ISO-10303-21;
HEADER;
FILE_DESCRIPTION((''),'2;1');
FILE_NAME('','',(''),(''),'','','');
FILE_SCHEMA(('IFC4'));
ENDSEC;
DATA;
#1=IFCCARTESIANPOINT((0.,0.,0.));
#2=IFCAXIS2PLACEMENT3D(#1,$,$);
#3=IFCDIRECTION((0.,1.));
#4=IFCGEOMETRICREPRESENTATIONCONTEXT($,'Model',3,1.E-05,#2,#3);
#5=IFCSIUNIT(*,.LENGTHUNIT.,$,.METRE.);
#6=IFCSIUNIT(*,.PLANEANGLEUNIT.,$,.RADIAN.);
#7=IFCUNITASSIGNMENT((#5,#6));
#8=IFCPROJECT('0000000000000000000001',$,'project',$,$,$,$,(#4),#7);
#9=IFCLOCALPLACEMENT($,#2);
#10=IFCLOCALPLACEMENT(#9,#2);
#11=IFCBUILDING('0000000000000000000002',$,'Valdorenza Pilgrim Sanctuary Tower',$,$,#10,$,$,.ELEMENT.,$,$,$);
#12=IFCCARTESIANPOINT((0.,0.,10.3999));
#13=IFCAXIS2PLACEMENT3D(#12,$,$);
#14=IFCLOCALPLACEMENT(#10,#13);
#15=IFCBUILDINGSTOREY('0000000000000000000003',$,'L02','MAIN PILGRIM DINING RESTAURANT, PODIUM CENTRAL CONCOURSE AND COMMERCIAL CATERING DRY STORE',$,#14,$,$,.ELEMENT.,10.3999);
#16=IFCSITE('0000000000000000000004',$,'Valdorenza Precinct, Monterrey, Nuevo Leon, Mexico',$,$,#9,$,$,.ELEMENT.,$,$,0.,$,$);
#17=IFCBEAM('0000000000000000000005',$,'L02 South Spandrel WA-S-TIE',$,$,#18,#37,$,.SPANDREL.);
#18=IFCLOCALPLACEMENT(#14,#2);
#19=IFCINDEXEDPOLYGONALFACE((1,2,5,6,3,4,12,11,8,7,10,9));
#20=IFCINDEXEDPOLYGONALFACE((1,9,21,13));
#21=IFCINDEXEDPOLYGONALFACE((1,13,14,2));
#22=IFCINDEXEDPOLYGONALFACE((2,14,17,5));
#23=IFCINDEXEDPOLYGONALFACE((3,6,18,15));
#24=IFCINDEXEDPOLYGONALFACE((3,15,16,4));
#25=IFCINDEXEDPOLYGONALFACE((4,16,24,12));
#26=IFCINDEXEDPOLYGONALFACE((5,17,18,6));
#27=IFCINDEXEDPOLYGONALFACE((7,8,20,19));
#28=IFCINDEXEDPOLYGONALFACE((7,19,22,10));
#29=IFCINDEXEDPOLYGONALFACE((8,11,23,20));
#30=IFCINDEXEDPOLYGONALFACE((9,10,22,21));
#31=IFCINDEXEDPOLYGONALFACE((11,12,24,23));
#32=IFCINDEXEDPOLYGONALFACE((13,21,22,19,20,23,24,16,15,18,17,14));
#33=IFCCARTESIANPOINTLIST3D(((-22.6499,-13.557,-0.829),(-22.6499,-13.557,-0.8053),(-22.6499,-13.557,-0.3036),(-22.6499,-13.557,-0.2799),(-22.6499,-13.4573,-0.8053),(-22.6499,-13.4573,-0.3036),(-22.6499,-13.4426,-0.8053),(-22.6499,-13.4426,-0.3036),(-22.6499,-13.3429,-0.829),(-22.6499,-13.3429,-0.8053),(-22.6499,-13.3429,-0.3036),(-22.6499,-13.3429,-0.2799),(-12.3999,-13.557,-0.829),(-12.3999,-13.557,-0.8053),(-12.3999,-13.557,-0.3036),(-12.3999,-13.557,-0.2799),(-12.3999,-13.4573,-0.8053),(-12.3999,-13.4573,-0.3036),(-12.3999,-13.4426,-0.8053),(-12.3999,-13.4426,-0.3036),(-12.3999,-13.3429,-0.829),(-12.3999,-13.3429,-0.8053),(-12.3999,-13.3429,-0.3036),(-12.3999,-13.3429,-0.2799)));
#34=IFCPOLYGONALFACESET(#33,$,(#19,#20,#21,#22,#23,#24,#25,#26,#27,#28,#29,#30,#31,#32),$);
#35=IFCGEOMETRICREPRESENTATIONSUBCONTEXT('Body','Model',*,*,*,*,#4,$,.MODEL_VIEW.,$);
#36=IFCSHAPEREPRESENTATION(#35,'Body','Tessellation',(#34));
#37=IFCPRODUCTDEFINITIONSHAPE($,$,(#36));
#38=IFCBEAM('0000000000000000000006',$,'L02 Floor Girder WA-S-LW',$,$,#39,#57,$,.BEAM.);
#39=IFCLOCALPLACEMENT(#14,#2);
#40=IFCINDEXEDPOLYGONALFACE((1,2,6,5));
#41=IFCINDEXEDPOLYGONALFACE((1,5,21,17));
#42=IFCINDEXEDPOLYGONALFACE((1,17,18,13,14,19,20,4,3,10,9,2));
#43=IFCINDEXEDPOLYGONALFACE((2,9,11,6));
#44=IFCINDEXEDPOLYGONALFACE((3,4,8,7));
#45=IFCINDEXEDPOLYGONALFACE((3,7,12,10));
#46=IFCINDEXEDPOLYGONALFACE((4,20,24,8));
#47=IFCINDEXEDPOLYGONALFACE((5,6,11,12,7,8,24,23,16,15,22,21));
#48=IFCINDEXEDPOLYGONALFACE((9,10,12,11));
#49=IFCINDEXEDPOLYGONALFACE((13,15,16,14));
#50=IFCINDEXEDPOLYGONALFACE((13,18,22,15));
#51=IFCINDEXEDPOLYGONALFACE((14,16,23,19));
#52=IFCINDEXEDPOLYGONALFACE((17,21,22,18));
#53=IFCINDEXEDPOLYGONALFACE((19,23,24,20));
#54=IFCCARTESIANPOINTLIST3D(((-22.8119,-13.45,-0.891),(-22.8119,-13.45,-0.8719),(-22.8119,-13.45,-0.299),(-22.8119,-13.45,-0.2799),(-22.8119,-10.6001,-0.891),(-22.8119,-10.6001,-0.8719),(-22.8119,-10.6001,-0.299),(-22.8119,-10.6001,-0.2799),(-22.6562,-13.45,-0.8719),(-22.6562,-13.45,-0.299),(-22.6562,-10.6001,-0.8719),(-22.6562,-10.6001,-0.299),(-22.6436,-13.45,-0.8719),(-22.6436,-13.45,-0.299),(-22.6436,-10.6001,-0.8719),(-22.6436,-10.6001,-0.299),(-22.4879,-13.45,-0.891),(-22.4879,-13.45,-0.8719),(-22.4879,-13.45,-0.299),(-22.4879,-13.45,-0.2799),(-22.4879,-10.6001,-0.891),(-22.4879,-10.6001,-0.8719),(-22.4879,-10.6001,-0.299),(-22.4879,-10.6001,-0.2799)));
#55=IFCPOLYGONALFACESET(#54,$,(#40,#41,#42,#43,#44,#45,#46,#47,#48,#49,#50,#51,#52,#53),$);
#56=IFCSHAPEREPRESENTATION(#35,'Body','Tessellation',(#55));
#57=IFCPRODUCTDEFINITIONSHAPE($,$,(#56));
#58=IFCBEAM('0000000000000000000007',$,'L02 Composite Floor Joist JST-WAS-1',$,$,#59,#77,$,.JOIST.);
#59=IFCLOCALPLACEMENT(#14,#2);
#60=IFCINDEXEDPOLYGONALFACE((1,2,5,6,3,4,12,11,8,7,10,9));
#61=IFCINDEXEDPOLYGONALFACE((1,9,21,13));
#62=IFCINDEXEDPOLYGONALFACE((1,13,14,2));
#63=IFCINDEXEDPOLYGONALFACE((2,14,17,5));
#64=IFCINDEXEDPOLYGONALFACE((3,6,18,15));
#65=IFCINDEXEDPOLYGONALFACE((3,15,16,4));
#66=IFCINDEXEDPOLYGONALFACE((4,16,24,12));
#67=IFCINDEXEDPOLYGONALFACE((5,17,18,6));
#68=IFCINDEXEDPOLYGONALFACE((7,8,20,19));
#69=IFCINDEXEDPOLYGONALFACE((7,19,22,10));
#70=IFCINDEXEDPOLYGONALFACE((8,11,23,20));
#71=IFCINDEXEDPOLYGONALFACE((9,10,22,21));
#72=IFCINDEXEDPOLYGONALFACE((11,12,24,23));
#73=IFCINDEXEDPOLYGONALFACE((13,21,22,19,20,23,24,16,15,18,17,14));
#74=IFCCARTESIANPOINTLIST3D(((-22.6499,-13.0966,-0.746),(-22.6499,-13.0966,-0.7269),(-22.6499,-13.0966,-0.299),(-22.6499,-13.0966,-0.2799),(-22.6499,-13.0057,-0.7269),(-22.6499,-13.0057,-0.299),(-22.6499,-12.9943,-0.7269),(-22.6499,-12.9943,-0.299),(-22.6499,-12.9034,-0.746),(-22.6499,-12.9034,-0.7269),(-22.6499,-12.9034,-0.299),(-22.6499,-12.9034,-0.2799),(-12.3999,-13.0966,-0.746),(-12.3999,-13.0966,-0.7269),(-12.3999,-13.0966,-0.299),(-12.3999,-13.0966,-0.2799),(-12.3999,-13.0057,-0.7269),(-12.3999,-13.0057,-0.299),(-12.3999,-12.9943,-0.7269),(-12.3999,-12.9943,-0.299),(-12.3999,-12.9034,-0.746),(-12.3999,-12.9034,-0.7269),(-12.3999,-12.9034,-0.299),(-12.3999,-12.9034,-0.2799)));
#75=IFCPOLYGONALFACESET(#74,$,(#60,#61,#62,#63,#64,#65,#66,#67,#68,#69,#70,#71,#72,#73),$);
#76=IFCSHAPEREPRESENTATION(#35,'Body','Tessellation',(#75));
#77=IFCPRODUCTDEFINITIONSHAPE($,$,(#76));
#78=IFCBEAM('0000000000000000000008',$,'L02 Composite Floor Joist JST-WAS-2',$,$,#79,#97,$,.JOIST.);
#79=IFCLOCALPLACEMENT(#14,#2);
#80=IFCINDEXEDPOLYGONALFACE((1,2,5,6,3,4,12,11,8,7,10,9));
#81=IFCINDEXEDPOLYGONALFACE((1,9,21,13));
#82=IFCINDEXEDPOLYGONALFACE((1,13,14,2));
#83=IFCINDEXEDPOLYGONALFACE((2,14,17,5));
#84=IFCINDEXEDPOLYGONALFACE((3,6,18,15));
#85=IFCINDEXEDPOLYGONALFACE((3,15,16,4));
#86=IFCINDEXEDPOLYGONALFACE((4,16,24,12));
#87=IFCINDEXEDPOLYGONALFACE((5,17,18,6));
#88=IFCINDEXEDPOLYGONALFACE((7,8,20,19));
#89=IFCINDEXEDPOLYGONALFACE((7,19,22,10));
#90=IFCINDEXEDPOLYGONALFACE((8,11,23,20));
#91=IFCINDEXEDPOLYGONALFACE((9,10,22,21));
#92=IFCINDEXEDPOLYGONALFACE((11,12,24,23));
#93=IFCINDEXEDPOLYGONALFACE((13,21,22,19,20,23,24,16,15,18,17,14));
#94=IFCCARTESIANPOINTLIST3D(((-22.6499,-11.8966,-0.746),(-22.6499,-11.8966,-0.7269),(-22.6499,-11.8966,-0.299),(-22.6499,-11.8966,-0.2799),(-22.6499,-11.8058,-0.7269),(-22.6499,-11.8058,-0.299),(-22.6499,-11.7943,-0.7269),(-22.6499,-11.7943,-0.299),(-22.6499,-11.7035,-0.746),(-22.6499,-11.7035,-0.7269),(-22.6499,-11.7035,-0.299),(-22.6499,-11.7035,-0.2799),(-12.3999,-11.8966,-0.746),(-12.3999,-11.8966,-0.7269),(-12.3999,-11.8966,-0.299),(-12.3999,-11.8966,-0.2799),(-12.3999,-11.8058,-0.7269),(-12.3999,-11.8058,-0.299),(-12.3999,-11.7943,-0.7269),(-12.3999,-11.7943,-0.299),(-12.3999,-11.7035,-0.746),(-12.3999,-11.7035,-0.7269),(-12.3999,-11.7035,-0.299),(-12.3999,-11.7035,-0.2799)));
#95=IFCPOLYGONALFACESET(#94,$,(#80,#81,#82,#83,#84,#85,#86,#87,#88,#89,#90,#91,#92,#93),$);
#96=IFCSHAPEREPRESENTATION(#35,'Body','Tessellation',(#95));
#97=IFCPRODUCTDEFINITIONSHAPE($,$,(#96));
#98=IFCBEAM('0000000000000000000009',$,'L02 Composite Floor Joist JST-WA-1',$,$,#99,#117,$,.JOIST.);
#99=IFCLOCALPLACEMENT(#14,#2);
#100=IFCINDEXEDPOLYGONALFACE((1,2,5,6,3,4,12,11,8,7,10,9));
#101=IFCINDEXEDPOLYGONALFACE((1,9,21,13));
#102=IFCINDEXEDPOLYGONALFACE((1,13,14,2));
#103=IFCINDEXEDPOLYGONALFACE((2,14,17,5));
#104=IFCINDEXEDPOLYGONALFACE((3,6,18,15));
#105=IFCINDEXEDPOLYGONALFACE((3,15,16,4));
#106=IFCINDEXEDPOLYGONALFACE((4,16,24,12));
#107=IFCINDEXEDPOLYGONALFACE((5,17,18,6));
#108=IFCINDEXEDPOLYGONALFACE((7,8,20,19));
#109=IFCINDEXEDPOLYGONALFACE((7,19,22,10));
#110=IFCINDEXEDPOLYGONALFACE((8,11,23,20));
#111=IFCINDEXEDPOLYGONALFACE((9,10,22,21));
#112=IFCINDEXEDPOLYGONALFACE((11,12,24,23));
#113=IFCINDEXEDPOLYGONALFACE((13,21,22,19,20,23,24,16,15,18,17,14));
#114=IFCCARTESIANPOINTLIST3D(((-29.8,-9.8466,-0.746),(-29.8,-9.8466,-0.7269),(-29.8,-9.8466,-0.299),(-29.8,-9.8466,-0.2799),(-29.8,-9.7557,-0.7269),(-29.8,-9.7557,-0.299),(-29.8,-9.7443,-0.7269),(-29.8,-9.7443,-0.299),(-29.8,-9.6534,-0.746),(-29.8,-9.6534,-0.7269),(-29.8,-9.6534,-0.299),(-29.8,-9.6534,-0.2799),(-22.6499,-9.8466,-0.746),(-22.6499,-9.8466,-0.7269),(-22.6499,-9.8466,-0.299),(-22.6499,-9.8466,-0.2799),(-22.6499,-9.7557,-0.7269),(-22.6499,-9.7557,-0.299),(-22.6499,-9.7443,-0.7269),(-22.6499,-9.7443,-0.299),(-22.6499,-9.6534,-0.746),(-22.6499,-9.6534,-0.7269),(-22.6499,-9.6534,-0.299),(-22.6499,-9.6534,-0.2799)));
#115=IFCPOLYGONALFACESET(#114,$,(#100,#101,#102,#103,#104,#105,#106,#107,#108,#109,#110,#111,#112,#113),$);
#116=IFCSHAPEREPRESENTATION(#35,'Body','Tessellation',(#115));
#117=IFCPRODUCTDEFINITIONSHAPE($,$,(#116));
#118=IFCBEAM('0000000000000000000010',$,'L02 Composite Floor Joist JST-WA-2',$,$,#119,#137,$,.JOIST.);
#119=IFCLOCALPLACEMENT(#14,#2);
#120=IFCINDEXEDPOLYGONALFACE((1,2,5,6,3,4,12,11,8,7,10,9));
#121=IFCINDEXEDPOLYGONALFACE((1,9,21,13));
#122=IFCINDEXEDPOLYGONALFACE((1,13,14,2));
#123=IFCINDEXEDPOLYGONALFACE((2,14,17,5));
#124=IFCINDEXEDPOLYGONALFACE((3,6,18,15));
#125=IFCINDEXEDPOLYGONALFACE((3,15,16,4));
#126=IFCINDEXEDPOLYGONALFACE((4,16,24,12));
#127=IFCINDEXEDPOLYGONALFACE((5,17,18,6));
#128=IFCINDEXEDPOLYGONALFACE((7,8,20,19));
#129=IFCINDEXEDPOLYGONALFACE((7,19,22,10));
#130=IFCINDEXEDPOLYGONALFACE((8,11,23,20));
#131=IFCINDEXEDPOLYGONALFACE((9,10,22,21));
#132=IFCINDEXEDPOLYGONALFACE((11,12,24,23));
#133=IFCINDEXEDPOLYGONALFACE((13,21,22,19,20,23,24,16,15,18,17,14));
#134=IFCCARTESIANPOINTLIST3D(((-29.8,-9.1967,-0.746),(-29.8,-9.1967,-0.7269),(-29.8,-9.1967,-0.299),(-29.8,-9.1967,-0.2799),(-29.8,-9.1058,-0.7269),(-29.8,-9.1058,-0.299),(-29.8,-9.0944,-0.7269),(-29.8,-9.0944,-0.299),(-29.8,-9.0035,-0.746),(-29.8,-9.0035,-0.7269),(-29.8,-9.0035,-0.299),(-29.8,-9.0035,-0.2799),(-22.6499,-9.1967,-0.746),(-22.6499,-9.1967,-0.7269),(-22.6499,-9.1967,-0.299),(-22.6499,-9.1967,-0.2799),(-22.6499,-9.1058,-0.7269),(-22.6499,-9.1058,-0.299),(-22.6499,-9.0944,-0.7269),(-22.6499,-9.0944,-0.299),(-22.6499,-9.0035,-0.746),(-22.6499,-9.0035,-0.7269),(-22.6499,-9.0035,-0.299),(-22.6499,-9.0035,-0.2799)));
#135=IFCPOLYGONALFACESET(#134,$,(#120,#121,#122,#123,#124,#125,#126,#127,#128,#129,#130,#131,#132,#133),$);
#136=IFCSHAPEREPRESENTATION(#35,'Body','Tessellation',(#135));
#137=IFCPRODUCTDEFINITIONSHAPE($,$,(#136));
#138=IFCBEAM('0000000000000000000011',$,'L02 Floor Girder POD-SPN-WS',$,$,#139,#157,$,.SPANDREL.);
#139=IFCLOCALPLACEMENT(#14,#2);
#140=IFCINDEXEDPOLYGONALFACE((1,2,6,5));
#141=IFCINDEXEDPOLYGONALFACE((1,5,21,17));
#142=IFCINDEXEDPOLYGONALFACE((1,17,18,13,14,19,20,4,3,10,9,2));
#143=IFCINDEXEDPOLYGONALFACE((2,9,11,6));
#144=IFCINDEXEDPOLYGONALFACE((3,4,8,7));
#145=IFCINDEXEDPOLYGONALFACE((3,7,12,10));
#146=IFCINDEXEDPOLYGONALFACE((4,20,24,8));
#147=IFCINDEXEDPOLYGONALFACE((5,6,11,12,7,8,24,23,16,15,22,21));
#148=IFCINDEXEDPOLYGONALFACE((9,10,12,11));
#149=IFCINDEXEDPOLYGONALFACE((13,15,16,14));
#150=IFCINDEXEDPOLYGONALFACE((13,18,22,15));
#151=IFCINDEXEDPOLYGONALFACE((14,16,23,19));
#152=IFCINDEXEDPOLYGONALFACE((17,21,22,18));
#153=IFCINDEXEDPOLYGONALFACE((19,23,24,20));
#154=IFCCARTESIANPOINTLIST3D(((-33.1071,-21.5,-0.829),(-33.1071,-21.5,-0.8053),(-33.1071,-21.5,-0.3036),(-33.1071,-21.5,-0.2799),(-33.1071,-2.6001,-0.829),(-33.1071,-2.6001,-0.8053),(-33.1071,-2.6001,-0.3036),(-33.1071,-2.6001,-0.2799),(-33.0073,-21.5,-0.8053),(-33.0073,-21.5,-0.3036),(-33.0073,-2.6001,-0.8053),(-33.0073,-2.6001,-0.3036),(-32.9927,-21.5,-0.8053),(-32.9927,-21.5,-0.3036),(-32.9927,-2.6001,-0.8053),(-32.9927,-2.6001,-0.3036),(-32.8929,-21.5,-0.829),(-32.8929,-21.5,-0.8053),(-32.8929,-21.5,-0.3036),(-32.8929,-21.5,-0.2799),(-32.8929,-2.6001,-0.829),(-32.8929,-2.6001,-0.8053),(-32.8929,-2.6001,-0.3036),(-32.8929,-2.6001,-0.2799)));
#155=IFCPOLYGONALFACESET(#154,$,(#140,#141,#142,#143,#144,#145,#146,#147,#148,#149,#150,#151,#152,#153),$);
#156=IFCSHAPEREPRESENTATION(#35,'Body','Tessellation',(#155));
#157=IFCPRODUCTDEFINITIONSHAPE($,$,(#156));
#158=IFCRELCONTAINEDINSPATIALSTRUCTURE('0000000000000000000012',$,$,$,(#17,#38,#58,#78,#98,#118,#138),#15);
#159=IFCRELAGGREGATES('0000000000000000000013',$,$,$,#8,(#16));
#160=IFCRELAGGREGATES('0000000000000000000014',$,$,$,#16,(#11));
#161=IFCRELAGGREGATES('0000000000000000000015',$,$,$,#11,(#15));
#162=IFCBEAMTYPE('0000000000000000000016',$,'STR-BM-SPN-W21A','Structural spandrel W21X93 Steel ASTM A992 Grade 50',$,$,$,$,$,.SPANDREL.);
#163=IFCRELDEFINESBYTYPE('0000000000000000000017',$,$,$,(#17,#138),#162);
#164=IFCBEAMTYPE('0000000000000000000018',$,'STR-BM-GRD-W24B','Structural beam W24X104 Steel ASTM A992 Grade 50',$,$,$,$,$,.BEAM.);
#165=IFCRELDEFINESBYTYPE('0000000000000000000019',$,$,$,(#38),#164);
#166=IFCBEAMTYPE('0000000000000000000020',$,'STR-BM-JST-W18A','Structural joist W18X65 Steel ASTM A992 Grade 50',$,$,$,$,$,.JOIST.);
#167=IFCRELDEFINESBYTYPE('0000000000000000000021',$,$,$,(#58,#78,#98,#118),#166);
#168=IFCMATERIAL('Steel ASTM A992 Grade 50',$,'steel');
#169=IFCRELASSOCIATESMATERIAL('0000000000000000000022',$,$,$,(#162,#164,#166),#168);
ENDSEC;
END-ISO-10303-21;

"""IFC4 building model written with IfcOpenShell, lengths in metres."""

from ifc_helpers import new_model, si_unit, direction, frame, origin, origin_2d, place, context, subcontext, project, spatial, i_section, extrude, source, transform, mapped, material, material_profile, profile_set, type_object, element, save


model = new_model("IFC4")

# Units and contexts
model_context = context("Model", 3, precision=1e-05, world=origin(), true_north=direction((0.0, 1.0)))
body_context = subcontext(model_context, "Body", "Model", "MODEL_VIEW")
ifc_project = project(units=[si_unit("LENGTHUNIT", "METRE"), si_unit("PLANEANGLEUNIT", "RADIAN")], contexts=[model_context])

# Site, building, storey
site_placement = place(None, origin())
site = spatial("IfcSite", under=ifc_project, at=site_placement, Name="Valdorenza Precinct, Monterrey, Nuevo Leon, Mexico", CompositionType="ELEMENT", RefElevation=0.0)
building_placement = place(site_placement, origin())
building = spatial("IfcBuilding", under=site, at=building_placement, Name="Valdorenza Pilgrim Sanctuary Tower", CompositionType="ELEMENT")
storey_placement = place(building_placement, frame((0.0, 0.0, 10.3999)))
storey = spatial("IfcBuildingStorey", under=building, at=storey_placement, Name="L02", Description="MAIN PILGRIM DINING RESTAURANT, PODIUM CENTRAL CONCOURSE AND COMMERCIAL CATERING DRY STORE", CompositionType="ELEMENT", Elevation=10.3999)

# Shared definitions
ifc_material_1 = material(Name="Steel ASTM A992 Grade 50", Category="steel")

# Beams
ifc_material_profile_1 = material_profile(ifc_material_1, i_section(OverallWidth=0.2141, OverallDepth=0.5491, WebThickness=0.0146, FlangeThickness=0.0237, at=origin_2d()), Name="W21X93")
ifc_profile_set_1 = profile_set([ifc_material_profile_1], Name="Steel ASTM A992 Grade 50")
beam_type_1 = type_object("IfcBeamType", Name="STR-BM-SPN-W21A", Description="Structural spandrel W21X93 Steel ASTM A992 Grade 50", PredefinedType="SPANDREL", material=ifc_profile_set_1)
ifc_material_profile_2 = material_profile(ifc_material_1, i_section(OverallWidth=0.324, OverallDepth=0.6111, WebThickness=0.0127, FlangeThickness=0.019, at=origin_2d()), Name="W24X104")
ifc_profile_set_2 = profile_set([ifc_material_profile_2], Name="Steel ASTM A992 Grade 50")
beam_type_2 = type_object("IfcBeamType", Name="STR-BM-GRD-W24B", Description="Structural beam W24X104 Steel ASTM A992 Grade 50", PredefinedType="BEAM", material=ifc_profile_set_2)
shared_shape_1 = source(origin(), body_context, "Body", "SweptSolid", [
    extrude(i_section(OverallWidth=0.2141, OverallDepth=0.5491, WebThickness=0.0146, FlangeThickness=0.0237, at=origin_2d()), origin(), (0.0, 0.0, 1.0), 10.25),
])
beam_1_placement = place(storey_placement, frame((-22.6499, -13.45, -0.5544), z_axis=(1.0, 0.0, 0.0), x_axis=(0.0, 1.0, 0.0)))
element("IfcBeam", 1, at=beam_1_placement, inside=storey, type_object=beam_type_1, Name="L02 South Spandrel WA-S-TIE", PredefinedType="SPANDREL", context=body_context, shape_type="MappedRepresentation", body=[
    mapped(shared_shape_1, transform((0.0, 0.0, 0.0), x_axis=(1.0, 0.0, 0.0), y_axis=(0.0, 1.0, 0.0), z_axis=(0.0, 0.0, 1.0), scale=1.0)),
])
shared_shape_2 = source(origin(), body_context, "Body", "SweptSolid", [
    extrude(i_section(OverallWidth=0.324, OverallDepth=0.6111, WebThickness=0.0127, FlangeThickness=0.019, at=origin_2d()), origin(), (0.0, 0.0, 1.0), 2.8499),
])
beam_2_placement = place(storey_placement, frame((-22.6499, -13.45, -0.5854), z_axis=(0.0, 1.0, 0.0), x_axis=(-1.0, 0.0, 0.0)))
element("IfcBeam", 2, at=beam_2_placement, inside=storey, type_object=beam_type_2, Name="L02 Floor Girder WA-S-LW", PredefinedType="BEAM", context=body_context, shape_type="MappedRepresentation", body=[
    mapped(shared_shape_2, transform((0.0, 0.0, 0.0), x_axis=(1.0, 0.0, 0.0), y_axis=(0.0, 1.0, 0.0), z_axis=(0.0, 0.0, 1.0), scale=1.0)),
])
ifc_material_profile_3 = material_profile(ifc_material_1, i_section(OverallWidth=0.1931, OverallDepth=0.4661, WebThickness=0.0115, FlangeThickness=0.019, at=origin_2d()), Name="W18X65")
ifc_profile_set_3 = profile_set([ifc_material_profile_3], Name="Steel ASTM A992 Grade 50")
beam_type_3 = type_object("IfcBeamType", Name="STR-BM-JST-W18A", Description="Structural joist W18X65 Steel ASTM A992 Grade 50", PredefinedType="JOIST", material=ifc_profile_set_3)
shared_shape_3 = source(origin(), body_context, "Body", "SweptSolid", [
    extrude(i_section(OverallWidth=0.1931, OverallDepth=0.4661, WebThickness=0.0115, FlangeThickness=0.019, at=origin_2d()), origin(), (0.0, 0.0, 1.0), 10.25),
])
for number, where, z_axis, x_axis, name in (
    (3, (-22.6499, -13.0, -0.5129), (1.0, 0.0, 0.0), (0.0, 1.0, 0.0), "L02 Composite Floor Joist JST-WAS-1"),
    (4, (-22.6499, -11.8, -0.5129), (1.0, 0.0, 0.0), (0.0, 1.0, 0.0), "L02 Composite Floor Joist JST-WAS-2"),
):
    element("IfcBeam", number, at=place(storey_placement, frame(where, z_axis=z_axis, x_axis=x_axis)), inside=storey, type_object=beam_type_3, Name=name, PredefinedType="JOIST", context=body_context, shape_type="MappedRepresentation", body=[
        mapped(shared_shape_3, transform((0.0, 0.0, 0.0), x_axis=(1.0, 0.0, 0.0), y_axis=(0.0, 1.0, 0.0), z_axis=(0.0, 0.0, 1.0), scale=1.0)),
    ])
shared_shape_4 = source(origin(), body_context, "Body", "SweptSolid", [
    extrude(i_section(OverallWidth=0.1931, OverallDepth=0.4661, WebThickness=0.0115, FlangeThickness=0.019, at=origin_2d()), origin(), (0.0, 0.0, 1.0), 7.1501),
])
for number, where, z_axis, x_axis, name in (
    (5, (-29.8, -9.75, -0.5129), (1.0, 0.0, 0.0), (0.0, 1.0, 0.0), "L02 Composite Floor Joist JST-WA-1"),
    (6, (-29.8, -9.1001, -0.5129), (1.0, 0.0, 0.0), (0.0, 1.0, 0.0), "L02 Composite Floor Joist JST-WA-2"),
):
    element("IfcBeam", number, at=place(storey_placement, frame(where, z_axis=z_axis, x_axis=x_axis)), inside=storey, type_object=beam_type_3, Name=name, PredefinedType="JOIST", context=body_context, shape_type="MappedRepresentation", body=[
        mapped(shared_shape_4, transform((0.0, 0.0, 0.0), x_axis=(1.0, 0.0, 0.0), y_axis=(0.0, 1.0, 0.0), z_axis=(0.0, 0.0, 1.0), scale=1.0)),
    ])
shared_shape_5 = source(origin(), body_context, "Body", "SweptSolid", [
    extrude(i_section(OverallWidth=0.2141, OverallDepth=0.5491, WebThickness=0.0146, FlangeThickness=0.0237, at=origin_2d()), origin(), (0.0, 0.0, 1.0), 18.8999),
])
beam_3_placement = place(storey_placement, frame((-33.0, -21.5, -0.5544), z_axis=(0.0, 1.0, 0.0), x_axis=(-1.0, 0.0, 0.0)))
element("IfcBeam", 7, at=beam_3_placement, inside=storey, type_object=beam_type_1, Name="L02 Floor Girder POD-SPN-WS", PredefinedType="SPANDREL", context=body_context, shape_type="MappedRepresentation", body=[
    mapped(shared_shape_5, transform((0.0, 0.0, 0.0), x_axis=(1.0, 0.0, 0.0), y_axis=(0.0, 1.0, 0.0), z_axis=(0.0, 0.0, 1.0), scale=1.0)),
])

save(model, "model.ifc")
